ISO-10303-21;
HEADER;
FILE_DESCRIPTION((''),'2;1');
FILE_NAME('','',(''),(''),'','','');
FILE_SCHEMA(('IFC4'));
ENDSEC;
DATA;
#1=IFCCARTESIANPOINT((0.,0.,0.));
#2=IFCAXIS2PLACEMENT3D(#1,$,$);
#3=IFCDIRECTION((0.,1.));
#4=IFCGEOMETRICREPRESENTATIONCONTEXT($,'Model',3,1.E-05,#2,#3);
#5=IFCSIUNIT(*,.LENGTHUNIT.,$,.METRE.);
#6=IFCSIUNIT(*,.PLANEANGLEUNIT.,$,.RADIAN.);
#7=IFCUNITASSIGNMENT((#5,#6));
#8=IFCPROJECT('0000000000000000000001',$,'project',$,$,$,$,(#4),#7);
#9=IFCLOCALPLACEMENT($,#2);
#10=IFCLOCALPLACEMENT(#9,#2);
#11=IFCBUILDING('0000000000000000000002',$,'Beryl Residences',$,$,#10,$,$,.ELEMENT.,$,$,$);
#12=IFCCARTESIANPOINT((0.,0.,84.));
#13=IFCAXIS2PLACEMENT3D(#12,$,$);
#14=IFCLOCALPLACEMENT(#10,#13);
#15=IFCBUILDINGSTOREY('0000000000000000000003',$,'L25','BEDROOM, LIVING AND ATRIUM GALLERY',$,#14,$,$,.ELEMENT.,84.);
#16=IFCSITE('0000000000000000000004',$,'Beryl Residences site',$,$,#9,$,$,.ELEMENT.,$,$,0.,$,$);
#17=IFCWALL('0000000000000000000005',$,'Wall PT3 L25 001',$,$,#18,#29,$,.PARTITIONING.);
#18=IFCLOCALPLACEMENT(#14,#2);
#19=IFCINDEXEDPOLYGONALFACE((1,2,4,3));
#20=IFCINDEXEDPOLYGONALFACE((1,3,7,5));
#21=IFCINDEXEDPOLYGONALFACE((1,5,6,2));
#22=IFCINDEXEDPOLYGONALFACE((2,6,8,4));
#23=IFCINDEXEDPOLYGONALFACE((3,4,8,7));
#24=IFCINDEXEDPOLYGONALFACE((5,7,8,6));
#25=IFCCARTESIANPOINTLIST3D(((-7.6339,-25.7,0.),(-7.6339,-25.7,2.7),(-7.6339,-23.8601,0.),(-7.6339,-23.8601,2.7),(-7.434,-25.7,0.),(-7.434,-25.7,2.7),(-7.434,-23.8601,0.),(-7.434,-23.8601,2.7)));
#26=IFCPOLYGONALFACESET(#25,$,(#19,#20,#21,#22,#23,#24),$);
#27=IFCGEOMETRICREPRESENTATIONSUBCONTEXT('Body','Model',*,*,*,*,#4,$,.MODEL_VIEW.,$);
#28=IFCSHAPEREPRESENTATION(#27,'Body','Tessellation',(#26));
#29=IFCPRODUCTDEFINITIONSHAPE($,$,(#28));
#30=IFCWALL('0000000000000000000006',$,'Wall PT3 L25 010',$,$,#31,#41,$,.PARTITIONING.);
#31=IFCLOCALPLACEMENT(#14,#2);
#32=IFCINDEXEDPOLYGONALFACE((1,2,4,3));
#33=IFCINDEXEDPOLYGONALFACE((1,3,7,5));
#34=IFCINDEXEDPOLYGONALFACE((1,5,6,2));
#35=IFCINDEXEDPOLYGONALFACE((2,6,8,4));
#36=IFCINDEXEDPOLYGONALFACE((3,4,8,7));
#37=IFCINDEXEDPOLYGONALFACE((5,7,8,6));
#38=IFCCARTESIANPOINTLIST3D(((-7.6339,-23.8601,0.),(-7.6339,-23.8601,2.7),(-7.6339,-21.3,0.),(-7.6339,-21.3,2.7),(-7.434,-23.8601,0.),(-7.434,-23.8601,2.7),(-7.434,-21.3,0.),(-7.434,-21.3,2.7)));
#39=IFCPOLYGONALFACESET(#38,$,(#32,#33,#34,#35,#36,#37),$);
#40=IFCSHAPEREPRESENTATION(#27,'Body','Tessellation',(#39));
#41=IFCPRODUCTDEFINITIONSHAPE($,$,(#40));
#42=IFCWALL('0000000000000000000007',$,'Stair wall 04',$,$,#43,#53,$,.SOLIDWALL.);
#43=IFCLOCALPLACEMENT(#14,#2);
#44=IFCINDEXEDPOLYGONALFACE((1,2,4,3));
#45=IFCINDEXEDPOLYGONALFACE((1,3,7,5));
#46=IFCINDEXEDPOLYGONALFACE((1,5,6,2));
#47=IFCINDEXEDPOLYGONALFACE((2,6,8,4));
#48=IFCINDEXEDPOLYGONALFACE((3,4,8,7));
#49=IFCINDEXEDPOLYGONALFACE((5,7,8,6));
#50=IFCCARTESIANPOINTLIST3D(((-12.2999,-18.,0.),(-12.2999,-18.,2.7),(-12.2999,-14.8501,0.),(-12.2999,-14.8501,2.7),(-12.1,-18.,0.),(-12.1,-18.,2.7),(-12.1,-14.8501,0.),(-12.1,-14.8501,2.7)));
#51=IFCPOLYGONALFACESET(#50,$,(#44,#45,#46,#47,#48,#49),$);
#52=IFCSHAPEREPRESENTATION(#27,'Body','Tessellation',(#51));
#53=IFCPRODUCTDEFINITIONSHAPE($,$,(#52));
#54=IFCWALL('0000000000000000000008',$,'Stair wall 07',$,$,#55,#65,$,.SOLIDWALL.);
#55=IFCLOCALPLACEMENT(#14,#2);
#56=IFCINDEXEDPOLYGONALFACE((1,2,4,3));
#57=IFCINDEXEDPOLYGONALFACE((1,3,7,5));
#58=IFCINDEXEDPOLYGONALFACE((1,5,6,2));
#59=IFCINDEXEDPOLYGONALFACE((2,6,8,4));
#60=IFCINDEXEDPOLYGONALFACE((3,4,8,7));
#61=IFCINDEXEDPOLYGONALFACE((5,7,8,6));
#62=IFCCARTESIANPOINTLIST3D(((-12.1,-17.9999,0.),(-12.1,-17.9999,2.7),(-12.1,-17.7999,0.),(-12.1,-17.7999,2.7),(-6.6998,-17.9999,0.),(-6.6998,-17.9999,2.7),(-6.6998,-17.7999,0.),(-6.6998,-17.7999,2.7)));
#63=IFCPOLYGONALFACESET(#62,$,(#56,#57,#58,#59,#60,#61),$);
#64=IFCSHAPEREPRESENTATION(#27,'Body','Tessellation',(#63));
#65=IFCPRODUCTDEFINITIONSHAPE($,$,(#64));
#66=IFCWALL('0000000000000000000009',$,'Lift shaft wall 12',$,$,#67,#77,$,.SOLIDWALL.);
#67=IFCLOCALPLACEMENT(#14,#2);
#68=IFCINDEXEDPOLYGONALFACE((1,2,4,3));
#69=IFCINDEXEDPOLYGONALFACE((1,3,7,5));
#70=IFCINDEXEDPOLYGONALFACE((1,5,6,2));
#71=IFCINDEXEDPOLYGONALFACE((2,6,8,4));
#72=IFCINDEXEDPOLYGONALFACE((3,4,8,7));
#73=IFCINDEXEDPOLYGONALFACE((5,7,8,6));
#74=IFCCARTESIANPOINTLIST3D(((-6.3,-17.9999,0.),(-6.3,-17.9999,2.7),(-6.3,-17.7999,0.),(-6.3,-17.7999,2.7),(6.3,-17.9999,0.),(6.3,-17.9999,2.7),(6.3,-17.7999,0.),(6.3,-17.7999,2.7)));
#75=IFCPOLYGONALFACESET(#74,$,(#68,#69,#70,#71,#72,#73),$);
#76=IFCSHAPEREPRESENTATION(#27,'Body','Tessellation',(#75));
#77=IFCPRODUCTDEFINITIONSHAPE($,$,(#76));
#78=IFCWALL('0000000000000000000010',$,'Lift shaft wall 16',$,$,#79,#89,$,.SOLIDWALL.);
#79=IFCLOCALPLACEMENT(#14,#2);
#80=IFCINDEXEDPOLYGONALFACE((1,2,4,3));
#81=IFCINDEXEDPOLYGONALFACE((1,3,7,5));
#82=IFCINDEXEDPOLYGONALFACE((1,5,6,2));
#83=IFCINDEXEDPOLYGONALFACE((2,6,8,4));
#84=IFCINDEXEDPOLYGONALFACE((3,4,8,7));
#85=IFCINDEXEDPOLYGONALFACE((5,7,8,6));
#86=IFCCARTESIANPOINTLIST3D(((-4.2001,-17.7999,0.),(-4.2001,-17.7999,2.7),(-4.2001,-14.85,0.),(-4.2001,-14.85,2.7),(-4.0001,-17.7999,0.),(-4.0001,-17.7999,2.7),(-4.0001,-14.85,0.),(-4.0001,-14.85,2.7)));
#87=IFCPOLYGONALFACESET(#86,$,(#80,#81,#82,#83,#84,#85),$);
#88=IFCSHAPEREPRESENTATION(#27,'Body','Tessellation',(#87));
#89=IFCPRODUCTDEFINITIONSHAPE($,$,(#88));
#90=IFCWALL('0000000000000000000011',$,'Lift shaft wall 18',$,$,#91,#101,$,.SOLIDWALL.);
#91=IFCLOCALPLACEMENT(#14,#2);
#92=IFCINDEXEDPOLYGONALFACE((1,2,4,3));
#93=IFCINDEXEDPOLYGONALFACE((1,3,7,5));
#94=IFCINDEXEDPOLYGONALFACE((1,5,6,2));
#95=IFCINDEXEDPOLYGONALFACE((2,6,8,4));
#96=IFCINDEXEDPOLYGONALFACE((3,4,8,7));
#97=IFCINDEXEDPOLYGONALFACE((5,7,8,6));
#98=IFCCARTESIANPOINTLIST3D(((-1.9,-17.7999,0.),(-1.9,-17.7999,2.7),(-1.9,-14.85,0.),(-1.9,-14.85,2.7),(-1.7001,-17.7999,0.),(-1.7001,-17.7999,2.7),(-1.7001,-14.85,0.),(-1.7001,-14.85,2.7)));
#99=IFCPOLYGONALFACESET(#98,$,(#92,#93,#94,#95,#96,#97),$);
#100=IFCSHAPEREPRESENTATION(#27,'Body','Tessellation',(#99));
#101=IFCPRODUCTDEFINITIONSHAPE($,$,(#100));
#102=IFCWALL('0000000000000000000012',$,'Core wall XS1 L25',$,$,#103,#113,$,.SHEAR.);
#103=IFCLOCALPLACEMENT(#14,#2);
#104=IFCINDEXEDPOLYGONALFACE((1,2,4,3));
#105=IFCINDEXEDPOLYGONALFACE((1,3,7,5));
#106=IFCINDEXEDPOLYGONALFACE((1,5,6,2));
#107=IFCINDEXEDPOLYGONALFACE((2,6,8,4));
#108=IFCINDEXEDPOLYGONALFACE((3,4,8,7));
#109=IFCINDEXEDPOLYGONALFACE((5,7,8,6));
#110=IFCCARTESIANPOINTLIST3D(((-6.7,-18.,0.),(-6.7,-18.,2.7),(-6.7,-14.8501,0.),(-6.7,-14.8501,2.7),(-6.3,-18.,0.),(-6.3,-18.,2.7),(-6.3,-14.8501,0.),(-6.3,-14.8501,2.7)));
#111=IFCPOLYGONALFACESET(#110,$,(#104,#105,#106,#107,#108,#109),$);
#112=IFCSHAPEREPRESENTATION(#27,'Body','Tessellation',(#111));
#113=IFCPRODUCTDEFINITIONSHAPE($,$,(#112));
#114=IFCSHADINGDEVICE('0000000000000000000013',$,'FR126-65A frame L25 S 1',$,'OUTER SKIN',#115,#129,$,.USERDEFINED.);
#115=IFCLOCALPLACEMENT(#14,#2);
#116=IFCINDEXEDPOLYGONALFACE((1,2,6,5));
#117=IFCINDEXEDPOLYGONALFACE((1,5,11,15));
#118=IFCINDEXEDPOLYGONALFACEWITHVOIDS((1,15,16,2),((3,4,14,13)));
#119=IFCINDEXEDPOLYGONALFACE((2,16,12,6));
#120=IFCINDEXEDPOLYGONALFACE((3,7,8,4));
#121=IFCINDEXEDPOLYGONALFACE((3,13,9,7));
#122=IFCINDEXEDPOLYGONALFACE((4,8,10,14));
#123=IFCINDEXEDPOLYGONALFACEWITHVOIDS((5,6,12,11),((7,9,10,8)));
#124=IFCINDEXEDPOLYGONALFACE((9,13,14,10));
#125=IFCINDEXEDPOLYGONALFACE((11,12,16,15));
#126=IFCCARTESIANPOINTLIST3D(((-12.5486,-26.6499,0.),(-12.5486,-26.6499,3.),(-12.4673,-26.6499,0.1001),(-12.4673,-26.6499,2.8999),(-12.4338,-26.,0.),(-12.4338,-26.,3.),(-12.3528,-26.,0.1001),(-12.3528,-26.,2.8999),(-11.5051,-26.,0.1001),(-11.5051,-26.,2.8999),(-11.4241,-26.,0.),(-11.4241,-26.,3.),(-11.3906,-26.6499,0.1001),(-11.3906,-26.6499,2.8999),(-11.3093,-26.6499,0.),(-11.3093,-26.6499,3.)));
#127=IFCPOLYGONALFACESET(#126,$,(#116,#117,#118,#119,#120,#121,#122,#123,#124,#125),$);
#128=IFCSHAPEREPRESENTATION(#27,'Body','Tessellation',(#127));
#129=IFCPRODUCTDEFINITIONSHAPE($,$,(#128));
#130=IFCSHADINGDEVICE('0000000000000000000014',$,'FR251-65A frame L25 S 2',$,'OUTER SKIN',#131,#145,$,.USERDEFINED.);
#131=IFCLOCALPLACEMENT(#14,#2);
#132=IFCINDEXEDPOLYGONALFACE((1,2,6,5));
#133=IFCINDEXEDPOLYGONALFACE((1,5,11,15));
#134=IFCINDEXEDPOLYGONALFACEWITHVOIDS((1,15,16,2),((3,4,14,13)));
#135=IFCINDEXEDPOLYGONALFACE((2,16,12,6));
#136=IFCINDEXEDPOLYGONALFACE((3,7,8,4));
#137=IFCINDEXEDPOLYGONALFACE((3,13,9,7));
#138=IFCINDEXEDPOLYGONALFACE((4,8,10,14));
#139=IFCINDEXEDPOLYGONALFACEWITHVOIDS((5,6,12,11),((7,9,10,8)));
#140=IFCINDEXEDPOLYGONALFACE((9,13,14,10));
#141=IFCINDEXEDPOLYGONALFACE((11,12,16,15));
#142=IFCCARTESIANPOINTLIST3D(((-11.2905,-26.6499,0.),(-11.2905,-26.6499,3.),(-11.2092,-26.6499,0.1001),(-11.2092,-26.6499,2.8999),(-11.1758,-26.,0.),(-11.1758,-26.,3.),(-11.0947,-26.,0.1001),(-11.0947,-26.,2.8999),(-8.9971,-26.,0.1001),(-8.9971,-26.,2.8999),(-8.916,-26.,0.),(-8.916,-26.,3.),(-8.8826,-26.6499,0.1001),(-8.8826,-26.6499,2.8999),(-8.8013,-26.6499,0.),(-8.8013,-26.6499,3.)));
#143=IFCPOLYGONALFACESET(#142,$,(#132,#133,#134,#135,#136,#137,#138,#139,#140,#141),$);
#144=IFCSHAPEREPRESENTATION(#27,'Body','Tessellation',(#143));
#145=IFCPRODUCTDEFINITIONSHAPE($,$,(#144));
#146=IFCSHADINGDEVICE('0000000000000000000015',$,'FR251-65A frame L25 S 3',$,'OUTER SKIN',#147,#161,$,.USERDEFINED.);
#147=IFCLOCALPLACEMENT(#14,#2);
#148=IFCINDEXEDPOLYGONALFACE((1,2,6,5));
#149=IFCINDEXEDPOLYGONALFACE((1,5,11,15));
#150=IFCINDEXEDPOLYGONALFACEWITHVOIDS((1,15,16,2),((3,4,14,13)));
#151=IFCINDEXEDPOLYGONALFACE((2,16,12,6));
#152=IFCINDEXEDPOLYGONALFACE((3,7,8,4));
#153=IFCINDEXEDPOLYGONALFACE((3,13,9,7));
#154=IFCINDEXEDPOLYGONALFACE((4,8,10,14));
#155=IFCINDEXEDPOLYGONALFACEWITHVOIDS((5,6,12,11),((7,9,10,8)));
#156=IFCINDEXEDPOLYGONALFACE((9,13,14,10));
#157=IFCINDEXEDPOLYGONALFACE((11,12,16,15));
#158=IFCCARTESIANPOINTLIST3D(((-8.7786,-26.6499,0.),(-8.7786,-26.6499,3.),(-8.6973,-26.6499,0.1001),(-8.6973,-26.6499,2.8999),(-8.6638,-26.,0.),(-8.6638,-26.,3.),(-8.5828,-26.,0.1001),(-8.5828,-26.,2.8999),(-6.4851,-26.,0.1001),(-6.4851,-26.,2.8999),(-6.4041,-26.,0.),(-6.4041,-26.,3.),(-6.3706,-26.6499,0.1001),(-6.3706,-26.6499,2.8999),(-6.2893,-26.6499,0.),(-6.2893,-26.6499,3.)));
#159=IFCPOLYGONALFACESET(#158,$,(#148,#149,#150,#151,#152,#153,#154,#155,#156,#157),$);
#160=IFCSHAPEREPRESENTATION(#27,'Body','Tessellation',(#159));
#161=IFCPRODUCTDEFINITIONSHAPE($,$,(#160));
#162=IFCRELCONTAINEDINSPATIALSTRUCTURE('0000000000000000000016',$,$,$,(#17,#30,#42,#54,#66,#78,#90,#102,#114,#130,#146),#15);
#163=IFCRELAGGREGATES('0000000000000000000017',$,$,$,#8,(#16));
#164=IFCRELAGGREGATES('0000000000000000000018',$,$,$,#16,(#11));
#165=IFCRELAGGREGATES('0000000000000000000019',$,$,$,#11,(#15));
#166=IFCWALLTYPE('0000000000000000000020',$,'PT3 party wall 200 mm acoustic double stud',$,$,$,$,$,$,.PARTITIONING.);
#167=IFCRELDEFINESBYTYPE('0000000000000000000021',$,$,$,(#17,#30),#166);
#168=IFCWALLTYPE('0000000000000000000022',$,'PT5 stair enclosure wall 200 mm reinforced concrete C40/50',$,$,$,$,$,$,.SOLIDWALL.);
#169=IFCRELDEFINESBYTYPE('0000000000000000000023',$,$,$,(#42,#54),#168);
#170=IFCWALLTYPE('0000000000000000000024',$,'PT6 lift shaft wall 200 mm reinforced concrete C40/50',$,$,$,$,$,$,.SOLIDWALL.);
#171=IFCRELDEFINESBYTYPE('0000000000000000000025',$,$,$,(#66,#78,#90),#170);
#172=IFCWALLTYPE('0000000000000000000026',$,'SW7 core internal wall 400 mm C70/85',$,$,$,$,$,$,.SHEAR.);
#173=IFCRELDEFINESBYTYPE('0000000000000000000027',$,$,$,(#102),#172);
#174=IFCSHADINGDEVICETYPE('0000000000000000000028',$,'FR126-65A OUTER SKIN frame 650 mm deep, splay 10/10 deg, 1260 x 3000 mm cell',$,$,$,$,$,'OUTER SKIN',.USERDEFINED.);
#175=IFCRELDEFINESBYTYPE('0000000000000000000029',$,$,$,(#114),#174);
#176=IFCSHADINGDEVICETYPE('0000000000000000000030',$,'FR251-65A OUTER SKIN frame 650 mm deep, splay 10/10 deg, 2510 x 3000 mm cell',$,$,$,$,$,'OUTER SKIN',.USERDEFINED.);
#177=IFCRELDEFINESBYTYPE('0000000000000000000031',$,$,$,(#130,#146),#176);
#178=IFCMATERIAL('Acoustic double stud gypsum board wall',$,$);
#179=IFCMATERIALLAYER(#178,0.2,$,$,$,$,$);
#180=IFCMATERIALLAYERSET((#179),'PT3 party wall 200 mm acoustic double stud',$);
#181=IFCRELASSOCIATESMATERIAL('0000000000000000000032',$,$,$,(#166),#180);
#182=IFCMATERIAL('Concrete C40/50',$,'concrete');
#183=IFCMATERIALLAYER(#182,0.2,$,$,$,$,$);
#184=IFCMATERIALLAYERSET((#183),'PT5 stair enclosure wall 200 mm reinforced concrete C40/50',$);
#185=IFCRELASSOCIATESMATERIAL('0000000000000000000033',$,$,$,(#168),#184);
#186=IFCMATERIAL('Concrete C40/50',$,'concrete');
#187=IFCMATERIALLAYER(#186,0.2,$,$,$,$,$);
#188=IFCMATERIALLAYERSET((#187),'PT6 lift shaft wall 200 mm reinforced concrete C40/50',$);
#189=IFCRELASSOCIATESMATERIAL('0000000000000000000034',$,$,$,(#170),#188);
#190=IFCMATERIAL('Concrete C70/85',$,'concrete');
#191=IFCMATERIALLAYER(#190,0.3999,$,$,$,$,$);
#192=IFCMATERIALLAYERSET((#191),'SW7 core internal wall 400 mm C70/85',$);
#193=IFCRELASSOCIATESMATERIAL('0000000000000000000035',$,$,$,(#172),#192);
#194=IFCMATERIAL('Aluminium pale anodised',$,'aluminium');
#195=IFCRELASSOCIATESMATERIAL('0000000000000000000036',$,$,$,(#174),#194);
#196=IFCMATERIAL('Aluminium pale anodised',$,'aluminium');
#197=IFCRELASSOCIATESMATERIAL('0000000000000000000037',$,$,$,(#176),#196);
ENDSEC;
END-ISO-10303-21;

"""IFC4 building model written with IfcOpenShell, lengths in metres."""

from ifc_helpers import new_model, entity, si_unit, direction, frame, frame_2d, origin, place, context, subcontext, project, spatial, rectangle, extrude, source, transform, mapped, material, layer, layer_set, type_object, type_shapes, element, save


model = new_model("IFC4")

# Units and contexts
model_context = context("Model", 3, precision=1e-05, world=origin(), true_north=direction((0.0, 1.0)))
body_context = subcontext(model_context, "Body", "Model", "MODEL_VIEW")
ifc_project = project(units=[si_unit("LENGTHUNIT", "METRE"), si_unit("PLANEANGLEUNIT", "RADIAN")], contexts=[model_context])

# Site, building, storey
site_placement = place(None, origin())
site = spatial("IfcSite", under=ifc_project, at=site_placement, Name="Beryl Residences site", CompositionType="ELEMENT", RefElevation=0.0)
building_placement = place(site_placement, origin())
building = spatial("IfcBuilding", under=site, at=building_placement, Name="Beryl Residences", CompositionType="ELEMENT")
storey_placement = place(building_placement, frame((0.0, 0.0, 84.0)))
storey = spatial("IfcBuildingStorey", under=building, at=storey_placement, Name="L25", Description="BEDROOM, LIVING AND ATRIUM GALLERY", CompositionType="ELEMENT", Elevation=84.0)

# Walls
ifc_material_1 = material(Name="Acoustic double stud gypsum board wall")
ifc_layer_1 = layer(ifc_material_1, 0.2)
ifc_layer_set_1 = layer_set([ifc_layer_1], Name="PT3 party wall 200 mm acoustic double stud")
wall_type_1 = type_object("IfcWallType", Name="PT3 party wall 200 mm acoustic double stud", PredefinedType="PARTITIONING", material=ifc_layer_set_1)
wall_1_placement = place(storey_placement, frame((-7.5339, -23.8601, 0.0), z_axis=(0.0, 0.0, 1.0), x_axis=(0.0, -1.0, 0.0)))
element("IfcWall", 1, at=wall_1_placement, inside=storey, type_object=wall_type_1, Name="Wall PT3 L25 001", PredefinedType="PARTITIONING", context=body_context, shape_type="SweptSolid", body=[
    extrude(rectangle(XDim=1.8398, YDim=0.2, at=frame_2d((0.9199, 0.0))), origin(), (0.0, 0.0, 1.0), 2.7),
])
wall_2_placement = place(storey_placement, frame((-7.5339, -23.8601, 0.0), z_axis=(0.0, 0.0, 1.0), x_axis=(0.0, 1.0, 0.0)))
element("IfcWall", 2, at=wall_2_placement, inside=storey, type_object=wall_type_1, Name="Wall PT3 L25 010", PredefinedType="PARTITIONING", context=body_context, shape_type="SweptSolid", body=[
    extrude(rectangle(XDim=2.5601, YDim=0.2, at=frame_2d((1.28, 0.0))), origin(), (0.0, 0.0, 1.0), 2.7),
])
ifc_material_2 = material(Name="Concrete C40/50", Category="concrete")
ifc_layer_2 = layer(ifc_material_2, 0.2)
ifc_layer_set_2 = layer_set([ifc_layer_2], Name="PT5 stair enclosure wall 200 mm reinforced concrete C40/50")
wall_type_2 = type_object("IfcWallType", Name="PT5 stair enclosure wall 200 mm reinforced concrete C40/50", PredefinedType="SOLIDWALL", material=ifc_layer_set_2)
wall_3_placement = place(storey_placement, frame((-12.2, -18.0, 0.0), z_axis=(0.0, 0.0, 1.0), x_axis=(0.0, 1.0, 0.0)))
element("IfcWall", 3, at=wall_3_placement, inside=storey, type_object=wall_type_2, Name="Stair wall 04", PredefinedType="SOLIDWALL", context=body_context, shape_type="SweptSolid", body=[
    extrude(rectangle(XDim=3.1499, YDim=0.2, at=frame_2d((1.575, 0.0))), origin(), (0.0, 0.0, 1.0), 2.7),
])
wall_4_placement = place(storey_placement, frame((-12.1001, -17.8999, 0.0), z_axis=(0.0, 0.0, 1.0), x_axis=(1.0, 0.0, 0.0)))
element("IfcWall", 4, at=wall_4_placement, inside=storey, type_object=wall_type_2, Name="Stair wall 07", PredefinedType="SOLIDWALL", context=body_context, shape_type="SweptSolid", body=[
    extrude(rectangle(XDim=5.4001, YDim=0.2, at=frame_2d((2.7002, 0.0))), origin(), (0.0, 0.0, 1.0), 2.7),
])
ifc_material_3 = material(Name="Concrete C40/50", Category="concrete")
ifc_layer_3 = layer(ifc_material_3, 0.2)
ifc_layer_set_3 = layer_set([ifc_layer_3], Name="PT6 lift shaft wall 200 mm reinforced concrete C40/50")
wall_type_3 = type_object("IfcWallType", Name="PT6 lift shaft wall 200 mm reinforced concrete C40/50", PredefinedType="SOLIDWALL", material=ifc_layer_set_3)
wall_5_placement = place(storey_placement, frame((-6.3, -17.8999, 0.0), z_axis=(0.0, 0.0, 1.0), x_axis=(1.0, 0.0, 0.0)))
element("IfcWall", 5, at=wall_5_placement, inside=storey, type_object=wall_type_3, Name="Lift shaft wall 12", PredefinedType="SOLIDWALL", context=body_context, shape_type="SweptSolid", body=[
    extrude(rectangle(XDim=12.6001, YDim=0.2, at=frame_2d((6.3, 0.0))), origin(), (0.0, 0.0, 1.0), 2.7),
])
for number, where, z_axis, x_axis, name in (
    (6, (-4.1001, -17.8, 0.0), (0.0, 0.0, 1.0), (0.0, 1.0, 0.0), "Lift shaft wall 16"),
    (7, (-1.8, -17.8, 0.0), (0.0, 0.0, 1.0), (0.0, 1.0, 0.0), "Lift shaft wall 18"),
):
    element("IfcWall", number, at=place(storey_placement, frame(where, z_axis=z_axis, x_axis=x_axis)), inside=storey, type_object=wall_type_3, Name=name, PredefinedType="SOLIDWALL", context=body_context, shape_type="SweptSolid", body=[
        extrude(rectangle(XDim=2.95, YDim=0.2, at=frame_2d((1.4751, 0.0))), origin(), (0.0, 0.0, 1.0), 2.7),
    ])
ifc_material_4 = material(Name="Concrete C70/85", Category="concrete")
ifc_layer_4 = layer(ifc_material_4, 0.3999)
ifc_layer_set_4 = layer_set([ifc_layer_4], Name="SW7 core internal wall 400 mm C70/85")
wall_type_4 = type_object("IfcWallType", Name="SW7 core internal wall 400 mm C70/85", PredefinedType="SHEAR", material=ifc_layer_set_4)
wall_6_placement = place(storey_placement, frame((-6.5, -18.0, 0.0), z_axis=(0.0, 0.0, 1.0), x_axis=(0.0, 1.0, 0.0)))
element("IfcWall", 8, at=wall_6_placement, inside=storey, type_object=wall_type_4, Name="Core wall XS1 L25", PredefinedType="SHEAR", context=body_context, shape_type="SweptSolid", body=[
    extrude(rectangle(XDim=3.1499, YDim=0.3999, at=frame_2d((1.575, 0.0))), origin(), (0.0, 0.0, 1.0), 2.7),
])

# Shading devices
ifc_material_5 = material(Name="Aluminium pale anodised", Category="aluminium")
shading_device_type_1 = type_object("IfcShadingDeviceType", Name="FR126-65A OUTER SKIN frame 650 mm deep, splay 10/10 deg, 1260 x 3000 mm cell", ElementType="OUTER SKIN", PredefinedType="USERDEFINED", material=ifc_material_5)
cartesian_point_1 = entity("IfcCartesianPoint", [-0.5049, 0.0])
cartesian_point_2 = entity("IfcCartesianPoint", [-0.4238, 0.1001])
cartesian_point_3 = entity("IfcCartesianPoint", [-0.6196, 0.0])
cartesian_point_4 = entity("IfcCartesianPoint", [-0.5383, 0.1001])
shared_shape_1 = source(origin(), body_context, "Body", "SweptSolid", [
    entity("IfcExtrudedAreaSolidTapered", entity("IfcArbitraryProfileDefWithVoids", "AREA", None, entity("IfcPolyline", [cartesian_point_1, entity("IfcCartesianPoint", [0.5049, 0.0]), entity("IfcCartesianPoint", [0.5049, 3.0]), entity("IfcCartesianPoint", [-0.5049, 3.0]), cartesian_point_1]), [entity("IfcPolyline", [cartesian_point_2, entity("IfcCartesianPoint", [0.4238, 0.1001]), entity("IfcCartesianPoint", [0.4238, 2.8999]), entity("IfcCartesianPoint", [-0.4238, 2.8999]), cartesian_point_2])]), entity("IfcAxis2Placement3D", entity("IfcCartesianPoint", [0.0, 0.0, 0.0]), entity("IfcDirection", [0.0, 1.0, 0.0]), entity("IfcDirection", [-1.0, 0.0, 0.0])), entity("IfcDirection", [0.0, 0.0, 1.0]), 0.6499, entity("IfcArbitraryProfileDefWithVoids", "AREA", None, entity("IfcPolyline", [cartesian_point_3, entity("IfcCartesianPoint", [0.6196, 0.0]), entity("IfcCartesianPoint", [0.6196, 3.0]), entity("IfcCartesianPoint", [-0.6196, 3.0]), cartesian_point_3]), [entity("IfcPolyline", [cartesian_point_4, entity("IfcCartesianPoint", [0.5383, 0.1001]), entity("IfcCartesianPoint", [0.5383, 2.8999]), entity("IfcCartesianPoint", [-0.5383, 2.8999]), cartesian_point_4])])),
])
type_shapes(shading_device_type_1, [shared_shape_1])
shading_device_placement = place(storey_placement, frame((-11.929, -26.0, 0.0), z_axis=(0.0, 0.0, 1.0), x_axis=(-1.0, 0.0, 0.0)))
element("IfcShadingDevice", 9, at=shading_device_placement, inside=storey, type_object=shading_device_type_1, Name="FR126-65A frame L25 S 1", ObjectType="OUTER SKIN", PredefinedType="USERDEFINED", context=body_context, shape_type="MappedRepresentation", body=[
    mapped(shared_shape_1, transform((0.0, 0.0, 0.0))),
])
ifc_material_6 = material(Name="Aluminium pale anodised", Category="aluminium")
shading_device_type_2 = type_object("IfcShadingDeviceType", Name="FR251-65A OUTER SKIN frame 650 mm deep, splay 10/10 deg, 2510 x 3000 mm cell", ElementType="OUTER SKIN", PredefinedType="USERDEFINED", material=ifc_material_6)
cartesian_point_5 = entity("IfcCartesianPoint", [-1.1299, 0.0])
cartesian_point_6 = entity("IfcCartesianPoint", [-1.0488, 0.1001])
cartesian_point_7 = entity("IfcCartesianPoint", [-1.2446, 0.0])
cartesian_point_8 = entity("IfcCartesianPoint", [-1.1633, 0.1001])
shared_shape_2 = source(origin(), body_context, "Body", "SweptSolid", [
    entity("IfcExtrudedAreaSolidTapered", entity("IfcArbitraryProfileDefWithVoids", "AREA", None, entity("IfcPolyline", [cartesian_point_5, entity("IfcCartesianPoint", [1.1299, 0.0]), entity("IfcCartesianPoint", [1.1299, 3.0]), entity("IfcCartesianPoint", [-1.1299, 3.0]), cartesian_point_5]), [entity("IfcPolyline", [cartesian_point_6, entity("IfcCartesianPoint", [1.0488, 0.1001]), entity("IfcCartesianPoint", [1.0488, 2.8999]), entity("IfcCartesianPoint", [-1.0488, 2.8999]), cartesian_point_6])]), entity("IfcAxis2Placement3D", entity("IfcCartesianPoint", [0.0, 0.0, 0.0]), entity("IfcDirection", [0.0, 1.0, 0.0]), entity("IfcDirection", [-1.0, 0.0, 0.0])), entity("IfcDirection", [0.0, 0.0, 1.0]), 0.6499, entity("IfcArbitraryProfileDefWithVoids", "AREA", None, entity("IfcPolyline", [cartesian_point_7, entity("IfcCartesianPoint", [1.2446, 0.0]), entity("IfcCartesianPoint", [1.2446, 3.0]), entity("IfcCartesianPoint", [-1.2446, 3.0]), cartesian_point_7]), [entity("IfcPolyline", [cartesian_point_8, entity("IfcCartesianPoint", [1.1633, 0.1001]), entity("IfcCartesianPoint", [1.1633, 2.8999]), entity("IfcCartesianPoint", [-1.1633, 2.8999]), cartesian_point_8])])),
])
type_shapes(shading_device_type_2, [shared_shape_2])
for number, where, z_axis, x_axis, name in (
    (10, (-10.0459, -26.0, 0.0), (0.0, 0.0, 1.0), (-1.0, 0.0, 0.0), "FR251-65A frame L25 S 2"),
    (11, (-7.5339, -26.0, 0.0), (0.0, 0.0, 1.0), (-1.0, 0.0, 0.0), "FR251-65A frame L25 S 3"),
):
    element("IfcShadingDevice", number, at=place(storey_placement, frame(where, z_axis=z_axis, x_axis=x_axis)), inside=storey, type_object=shading_device_type_2, Name=name, ObjectType="OUTER SKIN", PredefinedType="USERDEFINED", context=body_context, shape_type="MappedRepresentation", body=[
        mapped(shared_shape_2, transform((0.0, 0.0, 0.0))),
    ])

save(model, "model.ifc")
